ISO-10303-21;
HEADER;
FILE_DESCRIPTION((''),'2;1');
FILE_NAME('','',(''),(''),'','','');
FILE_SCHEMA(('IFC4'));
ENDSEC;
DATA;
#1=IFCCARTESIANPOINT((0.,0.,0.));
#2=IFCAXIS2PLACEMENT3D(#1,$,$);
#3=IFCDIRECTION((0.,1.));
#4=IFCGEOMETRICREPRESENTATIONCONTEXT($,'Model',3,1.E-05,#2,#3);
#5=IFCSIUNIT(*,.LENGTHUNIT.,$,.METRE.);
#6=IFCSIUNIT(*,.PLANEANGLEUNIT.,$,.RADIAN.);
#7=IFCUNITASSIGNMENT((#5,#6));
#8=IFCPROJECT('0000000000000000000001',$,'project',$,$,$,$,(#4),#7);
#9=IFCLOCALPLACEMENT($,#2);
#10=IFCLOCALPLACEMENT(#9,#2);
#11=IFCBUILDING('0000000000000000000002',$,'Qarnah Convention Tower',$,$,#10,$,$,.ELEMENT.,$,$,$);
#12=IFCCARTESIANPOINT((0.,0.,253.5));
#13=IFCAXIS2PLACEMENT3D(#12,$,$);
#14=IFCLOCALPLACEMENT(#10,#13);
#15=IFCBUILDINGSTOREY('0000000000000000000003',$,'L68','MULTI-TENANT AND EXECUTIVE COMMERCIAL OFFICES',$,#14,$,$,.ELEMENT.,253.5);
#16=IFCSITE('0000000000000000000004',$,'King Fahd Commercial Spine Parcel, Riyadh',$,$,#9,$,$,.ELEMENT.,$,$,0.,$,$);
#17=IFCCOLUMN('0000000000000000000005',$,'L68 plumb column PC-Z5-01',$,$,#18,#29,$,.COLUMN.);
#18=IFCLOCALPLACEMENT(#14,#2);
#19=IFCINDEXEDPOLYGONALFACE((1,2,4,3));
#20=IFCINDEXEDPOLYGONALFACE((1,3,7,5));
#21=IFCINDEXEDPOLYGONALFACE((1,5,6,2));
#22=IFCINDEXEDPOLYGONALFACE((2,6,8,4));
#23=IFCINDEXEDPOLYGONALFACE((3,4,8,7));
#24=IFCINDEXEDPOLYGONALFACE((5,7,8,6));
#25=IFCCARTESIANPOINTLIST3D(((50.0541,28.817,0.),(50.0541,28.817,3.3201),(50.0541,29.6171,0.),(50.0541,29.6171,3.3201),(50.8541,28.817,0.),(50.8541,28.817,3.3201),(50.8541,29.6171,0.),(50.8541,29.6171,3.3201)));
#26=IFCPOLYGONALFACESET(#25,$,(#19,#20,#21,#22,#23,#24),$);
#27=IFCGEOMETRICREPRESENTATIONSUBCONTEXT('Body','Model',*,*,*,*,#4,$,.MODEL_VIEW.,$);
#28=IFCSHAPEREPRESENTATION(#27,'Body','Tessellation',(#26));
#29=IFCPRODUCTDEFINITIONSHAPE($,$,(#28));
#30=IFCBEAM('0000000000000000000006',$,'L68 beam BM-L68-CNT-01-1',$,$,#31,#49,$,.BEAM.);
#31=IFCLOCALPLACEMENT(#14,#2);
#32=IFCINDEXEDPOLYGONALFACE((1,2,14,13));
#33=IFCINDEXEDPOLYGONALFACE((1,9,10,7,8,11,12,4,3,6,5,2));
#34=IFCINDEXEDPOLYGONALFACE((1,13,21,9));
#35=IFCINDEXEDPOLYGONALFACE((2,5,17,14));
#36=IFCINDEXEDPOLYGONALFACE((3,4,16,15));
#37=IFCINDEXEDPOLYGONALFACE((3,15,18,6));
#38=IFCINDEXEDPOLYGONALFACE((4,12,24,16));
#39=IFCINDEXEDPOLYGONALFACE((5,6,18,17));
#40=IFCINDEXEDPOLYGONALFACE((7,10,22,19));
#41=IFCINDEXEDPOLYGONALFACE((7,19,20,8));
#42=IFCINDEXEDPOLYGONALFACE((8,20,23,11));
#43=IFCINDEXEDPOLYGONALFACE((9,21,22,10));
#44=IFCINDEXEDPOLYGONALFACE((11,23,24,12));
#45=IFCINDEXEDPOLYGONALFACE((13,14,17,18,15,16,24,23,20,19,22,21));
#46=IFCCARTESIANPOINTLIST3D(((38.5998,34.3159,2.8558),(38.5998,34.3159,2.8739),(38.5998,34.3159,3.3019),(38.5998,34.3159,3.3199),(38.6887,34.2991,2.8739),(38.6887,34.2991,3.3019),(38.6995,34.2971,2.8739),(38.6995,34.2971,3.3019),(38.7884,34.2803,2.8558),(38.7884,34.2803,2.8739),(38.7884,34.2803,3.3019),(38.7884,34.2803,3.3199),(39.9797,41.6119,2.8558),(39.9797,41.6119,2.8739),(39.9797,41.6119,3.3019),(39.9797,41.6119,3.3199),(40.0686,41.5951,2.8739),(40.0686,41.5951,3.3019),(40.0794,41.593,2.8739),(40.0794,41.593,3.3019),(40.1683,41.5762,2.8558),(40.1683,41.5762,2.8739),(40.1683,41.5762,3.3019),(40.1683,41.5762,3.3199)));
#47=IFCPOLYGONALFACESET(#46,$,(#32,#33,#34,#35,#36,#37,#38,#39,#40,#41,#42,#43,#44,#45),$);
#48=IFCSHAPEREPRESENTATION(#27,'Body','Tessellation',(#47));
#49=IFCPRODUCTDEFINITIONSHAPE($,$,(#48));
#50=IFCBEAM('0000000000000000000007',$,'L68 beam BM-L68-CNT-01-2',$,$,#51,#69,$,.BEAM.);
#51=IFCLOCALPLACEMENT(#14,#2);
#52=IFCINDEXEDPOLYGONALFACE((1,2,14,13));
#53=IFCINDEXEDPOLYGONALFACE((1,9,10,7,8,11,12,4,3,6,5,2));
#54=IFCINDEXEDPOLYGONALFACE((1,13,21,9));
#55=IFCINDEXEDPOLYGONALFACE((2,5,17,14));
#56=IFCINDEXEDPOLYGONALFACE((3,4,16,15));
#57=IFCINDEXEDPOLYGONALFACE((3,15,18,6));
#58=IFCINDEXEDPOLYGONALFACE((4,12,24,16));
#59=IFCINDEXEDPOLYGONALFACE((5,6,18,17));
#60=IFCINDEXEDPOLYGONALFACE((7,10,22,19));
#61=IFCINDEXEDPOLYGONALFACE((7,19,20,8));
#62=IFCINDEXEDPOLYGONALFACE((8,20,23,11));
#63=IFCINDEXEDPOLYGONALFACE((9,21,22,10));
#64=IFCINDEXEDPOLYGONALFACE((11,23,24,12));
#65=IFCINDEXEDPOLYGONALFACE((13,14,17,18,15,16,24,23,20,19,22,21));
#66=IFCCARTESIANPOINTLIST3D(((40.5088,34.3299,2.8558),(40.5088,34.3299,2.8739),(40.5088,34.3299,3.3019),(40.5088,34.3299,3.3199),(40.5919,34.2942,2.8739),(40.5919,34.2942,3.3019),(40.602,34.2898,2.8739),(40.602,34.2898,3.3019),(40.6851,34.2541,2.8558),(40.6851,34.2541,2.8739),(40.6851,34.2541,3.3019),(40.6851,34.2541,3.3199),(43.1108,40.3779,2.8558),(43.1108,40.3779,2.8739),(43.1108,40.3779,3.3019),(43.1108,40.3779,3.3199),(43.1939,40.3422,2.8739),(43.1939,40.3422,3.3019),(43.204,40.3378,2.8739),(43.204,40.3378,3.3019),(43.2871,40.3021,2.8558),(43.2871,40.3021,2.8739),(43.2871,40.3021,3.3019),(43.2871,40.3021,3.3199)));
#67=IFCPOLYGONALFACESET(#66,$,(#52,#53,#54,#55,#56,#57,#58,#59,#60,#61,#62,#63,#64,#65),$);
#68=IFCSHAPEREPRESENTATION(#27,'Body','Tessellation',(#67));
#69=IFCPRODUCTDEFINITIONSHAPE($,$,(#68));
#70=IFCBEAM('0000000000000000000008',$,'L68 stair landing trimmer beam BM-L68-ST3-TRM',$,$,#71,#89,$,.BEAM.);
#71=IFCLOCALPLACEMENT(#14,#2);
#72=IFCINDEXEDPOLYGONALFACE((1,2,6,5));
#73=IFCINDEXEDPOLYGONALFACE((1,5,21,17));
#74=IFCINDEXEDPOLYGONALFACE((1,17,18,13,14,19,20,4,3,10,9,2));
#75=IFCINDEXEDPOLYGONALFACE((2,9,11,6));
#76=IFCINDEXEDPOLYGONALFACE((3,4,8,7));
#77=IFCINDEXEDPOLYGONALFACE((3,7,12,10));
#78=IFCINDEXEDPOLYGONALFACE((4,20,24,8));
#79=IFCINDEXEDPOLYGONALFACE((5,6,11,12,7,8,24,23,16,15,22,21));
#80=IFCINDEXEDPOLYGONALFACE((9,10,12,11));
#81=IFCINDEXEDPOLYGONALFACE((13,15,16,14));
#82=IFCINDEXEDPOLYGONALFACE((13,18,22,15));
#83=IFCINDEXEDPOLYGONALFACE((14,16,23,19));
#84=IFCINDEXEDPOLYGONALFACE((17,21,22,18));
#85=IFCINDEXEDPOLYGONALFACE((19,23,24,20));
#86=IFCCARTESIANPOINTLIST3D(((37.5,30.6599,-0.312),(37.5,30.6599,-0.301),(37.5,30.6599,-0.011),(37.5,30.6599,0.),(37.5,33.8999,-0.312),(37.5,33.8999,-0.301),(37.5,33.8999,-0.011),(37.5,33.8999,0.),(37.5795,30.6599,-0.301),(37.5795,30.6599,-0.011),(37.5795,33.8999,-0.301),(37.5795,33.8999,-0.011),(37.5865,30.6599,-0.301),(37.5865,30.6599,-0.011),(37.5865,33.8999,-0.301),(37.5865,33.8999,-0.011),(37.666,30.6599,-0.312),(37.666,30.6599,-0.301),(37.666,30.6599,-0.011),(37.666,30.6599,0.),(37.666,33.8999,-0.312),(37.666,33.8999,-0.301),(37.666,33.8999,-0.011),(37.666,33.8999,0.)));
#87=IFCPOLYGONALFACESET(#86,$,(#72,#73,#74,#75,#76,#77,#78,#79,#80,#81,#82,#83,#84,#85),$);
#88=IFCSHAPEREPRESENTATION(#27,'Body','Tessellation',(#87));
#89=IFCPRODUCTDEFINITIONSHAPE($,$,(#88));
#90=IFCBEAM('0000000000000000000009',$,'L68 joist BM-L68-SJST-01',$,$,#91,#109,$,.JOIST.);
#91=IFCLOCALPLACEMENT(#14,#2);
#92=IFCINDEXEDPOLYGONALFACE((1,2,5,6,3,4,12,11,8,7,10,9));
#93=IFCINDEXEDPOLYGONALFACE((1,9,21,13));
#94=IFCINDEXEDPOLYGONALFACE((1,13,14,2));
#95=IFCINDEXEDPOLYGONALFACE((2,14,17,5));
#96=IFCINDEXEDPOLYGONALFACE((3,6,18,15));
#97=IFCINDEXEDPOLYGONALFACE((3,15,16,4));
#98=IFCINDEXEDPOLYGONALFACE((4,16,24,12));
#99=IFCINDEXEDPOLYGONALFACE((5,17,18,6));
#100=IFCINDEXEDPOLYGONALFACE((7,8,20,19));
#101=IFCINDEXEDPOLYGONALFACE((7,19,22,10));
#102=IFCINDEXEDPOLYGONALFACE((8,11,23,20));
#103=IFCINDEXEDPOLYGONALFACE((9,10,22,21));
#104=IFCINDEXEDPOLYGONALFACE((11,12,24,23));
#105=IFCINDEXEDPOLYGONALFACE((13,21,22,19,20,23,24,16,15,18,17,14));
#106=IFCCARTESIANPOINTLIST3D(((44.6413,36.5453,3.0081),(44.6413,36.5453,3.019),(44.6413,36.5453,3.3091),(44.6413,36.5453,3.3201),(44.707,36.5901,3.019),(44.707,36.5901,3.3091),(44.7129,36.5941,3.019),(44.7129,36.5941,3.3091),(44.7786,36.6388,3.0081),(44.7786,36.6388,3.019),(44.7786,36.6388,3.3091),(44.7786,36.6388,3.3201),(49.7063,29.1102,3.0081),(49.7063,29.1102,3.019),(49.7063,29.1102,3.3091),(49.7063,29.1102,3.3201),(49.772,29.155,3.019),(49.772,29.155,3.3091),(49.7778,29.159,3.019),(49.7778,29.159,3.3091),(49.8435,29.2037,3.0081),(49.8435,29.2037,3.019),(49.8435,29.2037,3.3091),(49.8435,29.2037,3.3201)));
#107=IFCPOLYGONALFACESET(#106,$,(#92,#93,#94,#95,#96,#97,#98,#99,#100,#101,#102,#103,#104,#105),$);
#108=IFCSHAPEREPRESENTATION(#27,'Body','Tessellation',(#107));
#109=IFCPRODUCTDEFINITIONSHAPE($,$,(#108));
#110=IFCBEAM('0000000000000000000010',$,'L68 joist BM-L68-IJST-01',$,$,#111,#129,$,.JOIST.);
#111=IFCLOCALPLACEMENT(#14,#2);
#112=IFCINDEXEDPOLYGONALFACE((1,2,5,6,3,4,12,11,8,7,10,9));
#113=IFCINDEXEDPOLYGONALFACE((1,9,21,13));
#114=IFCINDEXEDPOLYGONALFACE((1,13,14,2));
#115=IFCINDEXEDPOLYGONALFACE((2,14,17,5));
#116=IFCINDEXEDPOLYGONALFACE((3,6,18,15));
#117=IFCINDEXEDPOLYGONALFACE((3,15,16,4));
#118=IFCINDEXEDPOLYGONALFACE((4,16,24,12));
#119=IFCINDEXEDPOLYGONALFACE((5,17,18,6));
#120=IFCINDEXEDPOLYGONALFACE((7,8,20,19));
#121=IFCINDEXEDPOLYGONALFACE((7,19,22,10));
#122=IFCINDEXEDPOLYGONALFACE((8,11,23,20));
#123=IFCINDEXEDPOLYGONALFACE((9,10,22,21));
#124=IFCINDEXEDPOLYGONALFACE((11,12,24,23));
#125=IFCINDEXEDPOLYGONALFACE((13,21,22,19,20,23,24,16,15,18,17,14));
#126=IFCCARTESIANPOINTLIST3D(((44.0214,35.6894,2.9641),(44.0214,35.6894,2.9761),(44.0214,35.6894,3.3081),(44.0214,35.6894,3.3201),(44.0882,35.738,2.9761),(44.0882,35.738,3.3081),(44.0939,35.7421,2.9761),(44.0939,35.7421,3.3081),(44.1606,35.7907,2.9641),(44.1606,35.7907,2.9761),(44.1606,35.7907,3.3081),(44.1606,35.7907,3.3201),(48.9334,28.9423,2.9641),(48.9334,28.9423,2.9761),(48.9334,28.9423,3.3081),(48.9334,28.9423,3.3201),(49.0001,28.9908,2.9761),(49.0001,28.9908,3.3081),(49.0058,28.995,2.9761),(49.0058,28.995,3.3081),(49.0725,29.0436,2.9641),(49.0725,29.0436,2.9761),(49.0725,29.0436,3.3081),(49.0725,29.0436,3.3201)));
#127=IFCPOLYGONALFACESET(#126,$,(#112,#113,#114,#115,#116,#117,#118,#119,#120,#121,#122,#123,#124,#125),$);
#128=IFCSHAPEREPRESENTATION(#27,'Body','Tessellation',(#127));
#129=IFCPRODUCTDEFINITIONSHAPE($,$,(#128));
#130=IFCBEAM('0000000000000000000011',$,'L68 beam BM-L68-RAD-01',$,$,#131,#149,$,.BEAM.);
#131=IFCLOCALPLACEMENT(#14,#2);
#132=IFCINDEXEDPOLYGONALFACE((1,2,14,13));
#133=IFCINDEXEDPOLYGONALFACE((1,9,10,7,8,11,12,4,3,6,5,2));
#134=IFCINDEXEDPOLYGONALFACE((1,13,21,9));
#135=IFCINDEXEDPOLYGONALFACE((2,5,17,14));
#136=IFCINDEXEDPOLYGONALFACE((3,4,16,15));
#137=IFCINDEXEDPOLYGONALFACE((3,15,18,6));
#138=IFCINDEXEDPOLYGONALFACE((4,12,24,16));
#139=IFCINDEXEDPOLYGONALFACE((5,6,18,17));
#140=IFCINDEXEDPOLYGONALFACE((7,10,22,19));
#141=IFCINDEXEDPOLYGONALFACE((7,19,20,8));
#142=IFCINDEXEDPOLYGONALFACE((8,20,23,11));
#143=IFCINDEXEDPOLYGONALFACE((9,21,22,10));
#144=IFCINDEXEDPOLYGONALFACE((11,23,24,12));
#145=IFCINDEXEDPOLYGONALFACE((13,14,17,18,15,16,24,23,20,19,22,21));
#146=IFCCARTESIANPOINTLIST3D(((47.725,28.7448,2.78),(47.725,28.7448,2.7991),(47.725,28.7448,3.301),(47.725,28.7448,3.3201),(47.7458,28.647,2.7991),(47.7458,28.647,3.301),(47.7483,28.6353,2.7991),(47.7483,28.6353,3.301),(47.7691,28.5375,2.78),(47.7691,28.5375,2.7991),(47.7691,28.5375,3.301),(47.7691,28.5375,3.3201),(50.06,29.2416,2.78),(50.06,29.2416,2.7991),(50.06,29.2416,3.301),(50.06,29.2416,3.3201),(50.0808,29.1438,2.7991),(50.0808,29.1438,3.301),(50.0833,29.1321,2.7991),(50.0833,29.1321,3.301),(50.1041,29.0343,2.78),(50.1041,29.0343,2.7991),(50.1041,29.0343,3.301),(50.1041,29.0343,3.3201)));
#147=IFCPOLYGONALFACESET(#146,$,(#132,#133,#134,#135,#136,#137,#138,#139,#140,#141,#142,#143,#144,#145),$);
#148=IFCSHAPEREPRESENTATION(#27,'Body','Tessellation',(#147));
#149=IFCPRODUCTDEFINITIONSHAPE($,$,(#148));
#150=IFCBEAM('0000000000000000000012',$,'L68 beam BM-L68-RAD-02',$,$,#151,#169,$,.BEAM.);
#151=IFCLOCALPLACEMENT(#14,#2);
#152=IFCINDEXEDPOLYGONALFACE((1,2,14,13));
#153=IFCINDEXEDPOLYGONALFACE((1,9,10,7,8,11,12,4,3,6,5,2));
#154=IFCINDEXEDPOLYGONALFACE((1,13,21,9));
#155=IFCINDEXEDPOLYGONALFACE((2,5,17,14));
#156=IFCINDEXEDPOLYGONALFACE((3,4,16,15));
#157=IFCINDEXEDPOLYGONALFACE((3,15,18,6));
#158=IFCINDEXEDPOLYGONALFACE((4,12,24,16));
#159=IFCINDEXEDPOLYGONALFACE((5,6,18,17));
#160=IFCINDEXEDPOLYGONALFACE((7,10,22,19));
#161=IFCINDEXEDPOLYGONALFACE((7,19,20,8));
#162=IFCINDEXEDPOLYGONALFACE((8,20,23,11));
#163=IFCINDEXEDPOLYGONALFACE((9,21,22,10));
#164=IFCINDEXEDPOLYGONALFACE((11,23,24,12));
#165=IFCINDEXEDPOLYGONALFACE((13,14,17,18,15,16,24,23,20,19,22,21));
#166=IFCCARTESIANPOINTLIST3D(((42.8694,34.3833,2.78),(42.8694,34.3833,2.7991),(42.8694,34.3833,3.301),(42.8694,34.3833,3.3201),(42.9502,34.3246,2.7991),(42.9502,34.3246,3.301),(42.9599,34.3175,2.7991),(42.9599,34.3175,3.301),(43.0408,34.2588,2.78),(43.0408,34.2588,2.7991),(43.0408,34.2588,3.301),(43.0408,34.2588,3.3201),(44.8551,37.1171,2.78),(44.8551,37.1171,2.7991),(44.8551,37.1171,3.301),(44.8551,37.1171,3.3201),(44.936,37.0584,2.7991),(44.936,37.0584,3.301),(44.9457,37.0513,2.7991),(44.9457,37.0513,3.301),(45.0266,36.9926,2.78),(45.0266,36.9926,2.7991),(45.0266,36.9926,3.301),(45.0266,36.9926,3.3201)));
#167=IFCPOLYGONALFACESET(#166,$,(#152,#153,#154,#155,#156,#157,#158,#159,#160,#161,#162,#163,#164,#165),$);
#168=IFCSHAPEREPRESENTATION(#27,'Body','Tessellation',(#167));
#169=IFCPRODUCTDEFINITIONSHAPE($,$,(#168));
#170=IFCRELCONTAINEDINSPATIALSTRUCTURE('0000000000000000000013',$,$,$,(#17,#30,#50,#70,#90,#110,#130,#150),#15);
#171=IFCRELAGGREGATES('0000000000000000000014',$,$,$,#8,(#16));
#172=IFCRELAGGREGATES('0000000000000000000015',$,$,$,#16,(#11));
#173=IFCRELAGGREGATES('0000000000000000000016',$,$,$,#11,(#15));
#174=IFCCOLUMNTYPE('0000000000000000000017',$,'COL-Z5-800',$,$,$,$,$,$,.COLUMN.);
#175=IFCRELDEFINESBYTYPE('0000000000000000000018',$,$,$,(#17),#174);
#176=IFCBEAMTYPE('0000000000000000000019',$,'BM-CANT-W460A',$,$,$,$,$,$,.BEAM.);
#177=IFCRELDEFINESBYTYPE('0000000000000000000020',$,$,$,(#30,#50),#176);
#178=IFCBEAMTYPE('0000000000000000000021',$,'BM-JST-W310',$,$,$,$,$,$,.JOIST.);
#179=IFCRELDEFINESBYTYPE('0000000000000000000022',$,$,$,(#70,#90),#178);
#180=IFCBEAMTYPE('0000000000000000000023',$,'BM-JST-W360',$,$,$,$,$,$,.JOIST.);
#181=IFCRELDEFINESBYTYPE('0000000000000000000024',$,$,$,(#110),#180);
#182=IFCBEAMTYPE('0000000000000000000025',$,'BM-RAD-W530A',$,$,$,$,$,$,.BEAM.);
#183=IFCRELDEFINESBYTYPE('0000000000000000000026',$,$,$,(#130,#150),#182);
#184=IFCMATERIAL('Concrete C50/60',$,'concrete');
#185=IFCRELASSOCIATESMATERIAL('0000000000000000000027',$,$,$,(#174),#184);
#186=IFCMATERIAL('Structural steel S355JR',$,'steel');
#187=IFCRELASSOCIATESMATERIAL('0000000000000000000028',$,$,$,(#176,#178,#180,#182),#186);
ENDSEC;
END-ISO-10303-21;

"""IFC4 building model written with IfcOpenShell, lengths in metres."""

from ifc_helpers import new_model, si_unit, direction, frame, origin, origin_2d, place, context, subcontext, project, spatial, rectangle, i_section, extrude, material, material_profile, profile_set, type_object, element, save


model = new_model("IFC4")

# Units and contexts
model_context = context("Model", 3, precision=1e-05, world=origin(), true_north=direction((0.0, 1.0)))
body_context = subcontext(model_context, "Body", "Model", "MODEL_VIEW")
ifc_project = project(units=[si_unit("LENGTHUNIT", "METRE"), si_unit("PLANEANGLEUNIT", "RADIAN")], contexts=[model_context])

# Site, building, storey
site_placement = place(None, origin())
site = spatial("IfcSite", under=ifc_project, at=site_placement, Name="King Fahd Commercial Spine Parcel, Riyadh", CompositionType="ELEMENT", RefElevation=0.0)
building_placement = place(site_placement, origin())
building = spatial("IfcBuilding", under=site, at=building_placement, Name="Qarnah Convention Tower", CompositionType="ELEMENT")
storey_placement = place(building_placement, frame((0.0, 0.0, 253.5)))
storey = spatial("IfcBuildingStorey", under=building, at=storey_placement, Name="L68", Description="MULTI-TENANT AND EXECUTIVE COMMERCIAL OFFICES", CompositionType="ELEMENT", Elevation=253.5)

# Column
ifc_material_1 = material(Name="Concrete C50/60", Category="concrete")
ifc_material_profile_1 = material_profile(ifc_material_1, rectangle(XDim=0.8, YDim=0.8, at=origin_2d()), Name="RC-COL-800X800")
ifc_profile_set_1 = profile_set([ifc_material_profile_1], Name="Concrete C50/60")
column_type = type_object("IfcColumnType", Name="COL-Z5-800", PredefinedType="COLUMN", material=ifc_profile_set_1)
column_placement = place(storey_placement, frame((50.4541, 29.217, 0.0), z_axis=(0.0, 0.0, 1.0), x_axis=(1.0, 0.0, 0.0)))
element("IfcColumn", 1, at=column_placement, inside=storey, type_object=column_type, Name="L68 plumb column PC-Z5-01", PredefinedType="COLUMN", context=body_context, shape_type="SweptSolid", body=[
    extrude(rectangle(XDim=0.8, YDim=0.8, at=origin_2d()), origin(), (0.0, 0.0, 1.0), 3.3201),
])

# Beams
ifc_material_2 = material(Name="Structural steel S355JR", Category="steel")
ifc_material_profile_2 = material_profile(ifc_material_2, i_section(OverallWidth=0.1919, OverallDepth=0.4641, WebThickness=0.011, FlangeThickness=0.0181, at=origin_2d()), Name="W460X89")
ifc_profile_set_2 = profile_set([ifc_material_profile_2], Name="Structural steel S355JR")
beam_type_1 = type_object("IfcBeamType", Name="BM-CANT-W460A", PredefinedType="BEAM", material=ifc_profile_set_2)
beam_1_placement = place(storey_placement, frame((38.6941, 34.2981, 3.0879), z_axis=(0.185837, 0.982581, 0.0), x_axis=(-0.982581, 0.185837, 0.0)))
element("IfcBeam", 2, at=beam_1_placement, inside=storey, type_object=beam_type_1, Name="L68 beam BM-L68-CNT-01-1", PredefinedType="BEAM", context=body_context, shape_type="SweptSolid", body=[
    extrude(i_section(OverallWidth=0.1919, OverallDepth=0.4641, WebThickness=0.011, FlangeThickness=0.0181, at=origin_2d()), origin(), (0.0, 0.0, 1.0), 7.4253),
])
beam_2_placement = place(storey_placement, frame((40.5969, 34.292, 3.0879), z_axis=(0.395203, 0.918594, 0.0), x_axis=(-0.918594, 0.395203, 0.0)))
element("IfcBeam", 3, at=beam_2_placement, inside=storey, type_object=beam_type_1, Name="L68 beam BM-L68-CNT-01-2", PredefinedType="BEAM", context=body_context, shape_type="SweptSolid", body=[
    extrude(i_section(OverallWidth=0.1919, OverallDepth=0.4641, WebThickness=0.011, FlangeThickness=0.0181, at=origin_2d()), origin(), (0.0, 0.0, 1.0), 6.584),
])
ifc_material_profile_3 = material_profile(ifc_material_2, i_section(OverallWidth=0.166, OverallDepth=0.312, WebThickness=0.0071, FlangeThickness=0.011, at=origin_2d()), Name="W310X45")
ifc_profile_set_3 = profile_set([ifc_material_profile_3], Name="Structural steel S355JR")
beam_type_2 = type_object("IfcBeamType", Name="BM-JST-W310", PredefinedType="JOIST", material=ifc_profile_set_3)
beam_3_placement = place(storey_placement, frame((37.583, 30.6599, -0.156), z_axis=(0.0, 1.0, 0.0), x_axis=(-1.0, 0.0, 0.0)))
element("IfcBeam", 4, at=beam_3_placement, inside=storey, type_object=beam_type_2, Name="L68 stair landing trimmer beam BM-L68-ST3-TRM", PredefinedType="BEAM", context=body_context, shape_type="SweptSolid", body=[
    extrude(i_section(OverallWidth=0.166, OverallDepth=0.312, WebThickness=0.0071, FlangeThickness=0.011, at=origin_2d()), origin(), (0.0, 0.0, 1.0), 3.24),
])
beam_4_placement = place(storey_placement, frame((49.7749, 29.157, 3.1641), z_axis=(-0.563002, 0.826456, 0.0), x_axis=(-0.826456, -0.563002, 0.0)))
element("IfcBeam", 5, at=beam_4_placement, inside=storey, type_object=beam_type_2, Name="L68 joist BM-L68-SJST-01", PredefinedType="JOIST", context=body_context, shape_type="SweptSolid", body=[
    extrude(i_section(OverallWidth=0.166, OverallDepth=0.312, WebThickness=0.0071, FlangeThickness=0.011, at=origin_2d()), origin(), (0.0, 0.0, 1.0), 8.9963),
])
ifc_material_profile_4 = material_profile(ifc_material_2, i_section(OverallWidth=0.1721, OverallDepth=0.356, WebThickness=0.0071, FlangeThickness=0.012, at=origin_2d()), Name="W360X51")
ifc_profile_set_4 = profile_set([ifc_material_profile_4], Name="Structural steel S355JR")
beam_type_3 = type_object("IfcBeamType", Name="BM-JST-W360", PredefinedType="JOIST", material=ifc_profile_set_4)
beam_5_placement = place(storey_placement, frame((49.0029, 28.9929, 3.1421), z_axis=(-0.588556, 0.808456, 0.0), x_axis=(-0.808456, -0.588556, 0.0)))
element("IfcBeam", 6, at=beam_5_placement, inside=storey, type_object=beam_type_3, Name="L68 joist BM-L68-IJST-01", PredefinedType="JOIST", context=body_context, shape_type="SweptSolid", body=[
    extrude(i_section(OverallWidth=0.1721, OverallDepth=0.356, WebThickness=0.0071, FlangeThickness=0.012, at=origin_2d()), origin(), (0.0, 0.0, 1.0), 8.3457),
])
ifc_material_profile_5 = material_profile(ifc_material_2, i_section(OverallWidth=0.2119, OverallDepth=0.54, WebThickness=0.012, FlangeThickness=0.019, at=origin_2d()), Name="W530X109")
ifc_profile_set_5 = profile_set([ifc_material_profile_5], Name="Structural steel S355JR")
beam_type_4 = type_object("IfcBeamType", Name="BM-RAD-W530A", PredefinedType="BEAM", material=ifc_profile_set_5)
beam_6_placement = place(storey_placement, frame((47.7471, 28.6411, 3.05), z_axis=(0.978104, 0.208118, 0.0), x_axis=(-0.208118, 0.978104, 0.0)))
element("IfcBeam", 7, at=beam_6_placement, inside=storey, type_object=beam_type_4, Name="L68 beam BM-L68-RAD-01", PredefinedType="BEAM", context=body_context, shape_type="SweptSolid", body=[
    extrude(i_section(OverallWidth=0.2119, OverallDepth=0.54, WebThickness=0.012, FlangeThickness=0.019, at=origin_2d()), origin(), (0.0, 0.0, 1.0), 2.3872),
])
beam_7_placement = place(storey_placement, frame((42.9551, 34.321, 3.05), z_axis=(0.587699, 0.80908, 0.0), x_axis=(-0.80908, 0.587699, 0.0)))
element("IfcBeam", 8, at=beam_7_placement, inside=storey, type_object=beam_type_4, Name="L68 beam BM-L68-RAD-02", PredefinedType="BEAM", context=body_context, shape_type="SweptSolid", body=[
    extrude(i_section(OverallWidth=0.2119, OverallDepth=0.54, WebThickness=0.012, FlangeThickness=0.019, at=origin_2d()), origin(), (0.0, 0.0, 1.0), 3.3789),
])

save(model, "model.ifc")
